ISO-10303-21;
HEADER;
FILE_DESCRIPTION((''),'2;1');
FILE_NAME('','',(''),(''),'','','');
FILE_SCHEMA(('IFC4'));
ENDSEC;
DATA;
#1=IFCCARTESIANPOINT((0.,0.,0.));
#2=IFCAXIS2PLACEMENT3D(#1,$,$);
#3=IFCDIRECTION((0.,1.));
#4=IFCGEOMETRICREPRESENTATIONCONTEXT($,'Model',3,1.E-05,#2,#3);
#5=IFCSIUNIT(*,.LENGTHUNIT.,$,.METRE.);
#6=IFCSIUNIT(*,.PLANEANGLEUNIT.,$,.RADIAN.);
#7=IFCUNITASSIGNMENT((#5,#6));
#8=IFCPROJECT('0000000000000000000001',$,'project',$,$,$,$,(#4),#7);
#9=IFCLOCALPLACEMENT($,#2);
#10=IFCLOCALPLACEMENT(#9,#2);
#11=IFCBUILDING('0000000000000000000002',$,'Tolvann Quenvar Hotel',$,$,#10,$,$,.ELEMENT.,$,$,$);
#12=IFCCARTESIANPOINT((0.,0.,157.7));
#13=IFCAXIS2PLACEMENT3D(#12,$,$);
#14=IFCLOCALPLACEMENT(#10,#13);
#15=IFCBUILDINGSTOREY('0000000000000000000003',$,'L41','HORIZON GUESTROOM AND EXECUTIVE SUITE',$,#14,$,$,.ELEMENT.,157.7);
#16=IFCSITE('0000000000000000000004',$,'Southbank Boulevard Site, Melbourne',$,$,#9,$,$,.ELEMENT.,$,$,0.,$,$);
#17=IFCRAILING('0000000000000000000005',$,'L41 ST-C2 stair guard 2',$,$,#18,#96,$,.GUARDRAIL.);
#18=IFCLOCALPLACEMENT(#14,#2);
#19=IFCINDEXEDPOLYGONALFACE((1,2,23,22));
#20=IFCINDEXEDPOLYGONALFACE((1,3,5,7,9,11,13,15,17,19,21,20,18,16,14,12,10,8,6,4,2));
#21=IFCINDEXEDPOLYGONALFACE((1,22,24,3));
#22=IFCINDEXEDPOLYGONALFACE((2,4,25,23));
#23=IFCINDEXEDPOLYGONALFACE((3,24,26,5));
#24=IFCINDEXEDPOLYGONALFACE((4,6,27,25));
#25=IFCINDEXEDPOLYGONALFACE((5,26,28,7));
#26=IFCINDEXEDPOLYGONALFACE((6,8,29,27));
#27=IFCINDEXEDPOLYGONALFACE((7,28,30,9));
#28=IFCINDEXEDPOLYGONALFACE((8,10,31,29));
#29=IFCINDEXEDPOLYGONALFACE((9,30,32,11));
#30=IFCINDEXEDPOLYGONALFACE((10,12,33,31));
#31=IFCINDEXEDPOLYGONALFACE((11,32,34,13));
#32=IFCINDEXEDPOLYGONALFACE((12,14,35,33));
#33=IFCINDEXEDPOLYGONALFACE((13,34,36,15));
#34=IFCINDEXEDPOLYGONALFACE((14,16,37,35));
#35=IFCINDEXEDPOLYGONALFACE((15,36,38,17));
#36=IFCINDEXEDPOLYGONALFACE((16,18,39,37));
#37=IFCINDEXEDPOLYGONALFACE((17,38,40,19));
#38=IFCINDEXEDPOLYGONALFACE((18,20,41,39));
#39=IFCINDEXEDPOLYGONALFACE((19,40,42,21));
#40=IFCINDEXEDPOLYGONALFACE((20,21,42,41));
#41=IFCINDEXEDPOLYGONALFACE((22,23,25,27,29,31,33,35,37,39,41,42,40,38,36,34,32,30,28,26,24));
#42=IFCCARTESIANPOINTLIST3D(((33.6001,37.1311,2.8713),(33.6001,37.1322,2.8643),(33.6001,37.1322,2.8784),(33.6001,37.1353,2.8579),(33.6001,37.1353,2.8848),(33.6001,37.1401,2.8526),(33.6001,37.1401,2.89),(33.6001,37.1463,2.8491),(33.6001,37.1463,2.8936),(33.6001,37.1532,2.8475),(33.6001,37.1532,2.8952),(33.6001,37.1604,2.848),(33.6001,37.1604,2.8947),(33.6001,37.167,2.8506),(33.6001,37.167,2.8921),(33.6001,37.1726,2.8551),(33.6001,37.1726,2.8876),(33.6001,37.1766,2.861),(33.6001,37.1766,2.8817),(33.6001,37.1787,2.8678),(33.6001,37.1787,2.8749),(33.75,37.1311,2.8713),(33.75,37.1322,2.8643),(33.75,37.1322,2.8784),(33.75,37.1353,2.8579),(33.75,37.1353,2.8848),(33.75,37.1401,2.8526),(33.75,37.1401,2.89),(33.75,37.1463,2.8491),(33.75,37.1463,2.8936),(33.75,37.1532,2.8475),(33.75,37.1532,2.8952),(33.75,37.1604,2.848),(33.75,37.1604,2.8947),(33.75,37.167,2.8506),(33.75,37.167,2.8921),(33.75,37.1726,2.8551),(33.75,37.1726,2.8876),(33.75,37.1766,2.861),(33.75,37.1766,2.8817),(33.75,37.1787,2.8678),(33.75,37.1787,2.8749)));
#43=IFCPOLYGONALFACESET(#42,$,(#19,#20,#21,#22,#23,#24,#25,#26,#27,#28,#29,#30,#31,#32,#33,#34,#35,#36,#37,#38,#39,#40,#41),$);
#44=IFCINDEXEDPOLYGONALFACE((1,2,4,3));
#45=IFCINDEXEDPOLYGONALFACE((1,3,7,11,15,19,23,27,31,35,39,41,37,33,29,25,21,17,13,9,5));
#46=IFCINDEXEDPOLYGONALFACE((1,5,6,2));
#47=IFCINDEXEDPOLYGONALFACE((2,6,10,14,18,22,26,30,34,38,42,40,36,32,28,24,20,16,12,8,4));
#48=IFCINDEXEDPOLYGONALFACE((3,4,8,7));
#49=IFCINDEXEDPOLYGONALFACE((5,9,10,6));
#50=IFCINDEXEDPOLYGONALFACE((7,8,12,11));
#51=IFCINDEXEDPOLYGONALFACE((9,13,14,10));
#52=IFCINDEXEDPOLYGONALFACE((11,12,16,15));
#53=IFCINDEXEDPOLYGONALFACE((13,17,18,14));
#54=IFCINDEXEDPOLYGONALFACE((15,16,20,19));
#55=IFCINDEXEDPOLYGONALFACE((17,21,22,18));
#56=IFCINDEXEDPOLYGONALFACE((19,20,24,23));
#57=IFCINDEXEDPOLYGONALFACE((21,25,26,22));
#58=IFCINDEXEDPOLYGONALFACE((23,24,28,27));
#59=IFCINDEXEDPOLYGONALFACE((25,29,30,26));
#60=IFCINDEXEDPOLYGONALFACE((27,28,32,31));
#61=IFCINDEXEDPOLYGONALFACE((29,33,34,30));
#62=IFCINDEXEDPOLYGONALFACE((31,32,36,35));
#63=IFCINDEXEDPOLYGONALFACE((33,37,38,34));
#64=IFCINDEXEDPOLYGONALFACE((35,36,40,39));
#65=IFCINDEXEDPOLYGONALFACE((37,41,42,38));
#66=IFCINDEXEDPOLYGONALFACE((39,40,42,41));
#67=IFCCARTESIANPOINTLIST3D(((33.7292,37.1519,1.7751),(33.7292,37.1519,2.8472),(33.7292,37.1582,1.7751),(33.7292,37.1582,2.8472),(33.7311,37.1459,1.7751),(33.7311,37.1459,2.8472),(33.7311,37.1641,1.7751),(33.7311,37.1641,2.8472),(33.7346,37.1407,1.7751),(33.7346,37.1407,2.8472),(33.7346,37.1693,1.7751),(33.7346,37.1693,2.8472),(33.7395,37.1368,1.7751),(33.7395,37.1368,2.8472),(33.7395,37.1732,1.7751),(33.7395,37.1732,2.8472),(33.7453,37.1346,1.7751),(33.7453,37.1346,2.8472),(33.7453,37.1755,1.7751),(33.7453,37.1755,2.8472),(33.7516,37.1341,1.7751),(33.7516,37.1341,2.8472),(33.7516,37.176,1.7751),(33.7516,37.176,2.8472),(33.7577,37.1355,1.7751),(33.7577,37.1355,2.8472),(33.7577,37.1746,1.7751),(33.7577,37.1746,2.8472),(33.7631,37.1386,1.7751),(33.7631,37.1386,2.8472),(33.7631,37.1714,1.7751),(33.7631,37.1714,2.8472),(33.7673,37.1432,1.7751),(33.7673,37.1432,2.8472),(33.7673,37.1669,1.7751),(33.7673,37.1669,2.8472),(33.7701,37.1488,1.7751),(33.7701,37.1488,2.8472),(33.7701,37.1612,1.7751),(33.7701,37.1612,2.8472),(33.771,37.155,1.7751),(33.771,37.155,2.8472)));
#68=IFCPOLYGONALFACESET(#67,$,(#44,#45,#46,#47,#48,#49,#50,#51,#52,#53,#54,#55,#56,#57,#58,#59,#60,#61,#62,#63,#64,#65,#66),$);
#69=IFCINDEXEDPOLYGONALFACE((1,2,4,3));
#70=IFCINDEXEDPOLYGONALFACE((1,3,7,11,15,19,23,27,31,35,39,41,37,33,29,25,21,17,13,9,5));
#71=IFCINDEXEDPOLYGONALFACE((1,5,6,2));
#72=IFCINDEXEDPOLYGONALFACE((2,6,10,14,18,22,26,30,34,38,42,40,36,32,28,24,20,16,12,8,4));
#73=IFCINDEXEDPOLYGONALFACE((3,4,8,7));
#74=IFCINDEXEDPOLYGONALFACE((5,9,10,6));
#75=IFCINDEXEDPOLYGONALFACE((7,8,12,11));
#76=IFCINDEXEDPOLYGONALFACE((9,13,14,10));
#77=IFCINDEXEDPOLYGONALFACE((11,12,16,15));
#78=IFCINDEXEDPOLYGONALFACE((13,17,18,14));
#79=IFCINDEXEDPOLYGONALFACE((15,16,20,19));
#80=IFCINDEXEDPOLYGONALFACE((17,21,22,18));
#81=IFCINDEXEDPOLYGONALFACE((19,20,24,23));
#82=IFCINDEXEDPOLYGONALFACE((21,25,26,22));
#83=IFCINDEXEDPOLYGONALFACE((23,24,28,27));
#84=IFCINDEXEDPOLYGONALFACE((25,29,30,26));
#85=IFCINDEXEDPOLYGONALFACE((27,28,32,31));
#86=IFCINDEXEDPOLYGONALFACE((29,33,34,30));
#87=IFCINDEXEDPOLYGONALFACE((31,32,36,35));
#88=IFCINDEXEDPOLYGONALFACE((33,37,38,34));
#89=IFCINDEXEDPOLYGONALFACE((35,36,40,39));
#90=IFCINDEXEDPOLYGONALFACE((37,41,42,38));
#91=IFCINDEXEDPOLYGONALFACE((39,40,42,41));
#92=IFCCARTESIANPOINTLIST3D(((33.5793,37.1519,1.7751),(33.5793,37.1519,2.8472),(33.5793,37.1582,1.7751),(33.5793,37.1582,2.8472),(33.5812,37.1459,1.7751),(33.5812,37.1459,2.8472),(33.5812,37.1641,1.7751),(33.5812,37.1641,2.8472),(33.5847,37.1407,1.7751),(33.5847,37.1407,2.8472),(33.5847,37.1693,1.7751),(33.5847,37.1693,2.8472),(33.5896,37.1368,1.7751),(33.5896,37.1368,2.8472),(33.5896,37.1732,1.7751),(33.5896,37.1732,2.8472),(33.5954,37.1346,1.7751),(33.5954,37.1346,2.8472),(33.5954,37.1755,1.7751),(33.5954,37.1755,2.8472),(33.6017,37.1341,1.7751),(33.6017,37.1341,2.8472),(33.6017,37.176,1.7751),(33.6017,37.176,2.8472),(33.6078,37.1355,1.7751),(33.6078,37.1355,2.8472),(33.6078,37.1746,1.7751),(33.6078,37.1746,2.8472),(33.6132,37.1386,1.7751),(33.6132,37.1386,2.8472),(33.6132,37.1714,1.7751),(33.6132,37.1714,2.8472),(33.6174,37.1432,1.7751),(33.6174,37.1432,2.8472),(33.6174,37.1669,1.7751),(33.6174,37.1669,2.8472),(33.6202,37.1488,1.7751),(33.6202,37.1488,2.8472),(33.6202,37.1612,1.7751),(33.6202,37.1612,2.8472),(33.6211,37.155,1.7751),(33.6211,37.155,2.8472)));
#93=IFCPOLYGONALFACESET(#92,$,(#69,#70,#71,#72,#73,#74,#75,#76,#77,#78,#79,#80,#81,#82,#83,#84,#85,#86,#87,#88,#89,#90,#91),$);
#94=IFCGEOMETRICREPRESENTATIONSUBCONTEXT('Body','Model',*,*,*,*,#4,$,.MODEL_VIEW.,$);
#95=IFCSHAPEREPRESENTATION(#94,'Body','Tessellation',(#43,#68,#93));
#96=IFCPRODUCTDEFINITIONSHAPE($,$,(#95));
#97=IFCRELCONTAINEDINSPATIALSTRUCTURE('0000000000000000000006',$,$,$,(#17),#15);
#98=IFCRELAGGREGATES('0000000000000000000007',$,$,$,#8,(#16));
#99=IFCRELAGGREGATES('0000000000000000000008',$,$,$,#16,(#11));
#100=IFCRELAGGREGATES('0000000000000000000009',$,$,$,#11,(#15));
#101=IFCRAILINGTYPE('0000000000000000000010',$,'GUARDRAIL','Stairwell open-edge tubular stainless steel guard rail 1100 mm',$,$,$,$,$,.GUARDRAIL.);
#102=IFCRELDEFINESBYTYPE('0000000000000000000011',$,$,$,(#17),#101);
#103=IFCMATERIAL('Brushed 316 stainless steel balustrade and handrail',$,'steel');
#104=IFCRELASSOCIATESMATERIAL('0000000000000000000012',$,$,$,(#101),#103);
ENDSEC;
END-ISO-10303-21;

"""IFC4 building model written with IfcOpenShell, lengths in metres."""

from ifc_helpers import new_model, si_unit, direction, frame, origin, origin_2d, place, context, subcontext, project, spatial, circle, extrude, material, type_object, element, save


model = new_model("IFC4")

# Units and contexts
model_context = context("Model", 3, precision=1e-05, world=origin(), true_north=direction((0.0, 1.0)))
body_context = subcontext(model_context, "Body", "Model", "MODEL_VIEW")
ifc_project = project(units=[si_unit("LENGTHUNIT", "METRE"), si_unit("PLANEANGLEUNIT", "RADIAN")], contexts=[model_context])

# Site, building, storey
site_placement = place(None, origin())
site = spatial("IfcSite", under=ifc_project, at=site_placement, Name="Southbank Boulevard Site, Melbourne", CompositionType="ELEMENT", RefElevation=0.0)
building_placement = place(site_placement, origin())
building = spatial("IfcBuilding", under=site, at=building_placement, Name="Tolvann Quenvar Hotel", CompositionType="ELEMENT")
storey_placement = place(building_placement, frame((0.0, 0.0, 157.7)))
storey = spatial("IfcBuildingStorey", under=building, at=storey_placement, Name="L41", Description="HORIZON GUESTROOM AND EXECUTIVE SUITE", CompositionType="ELEMENT", Elevation=157.7)

# Railing
ifc_material_1 = material(Name="Brushed 316 stainless steel balustrade and handrail", Category="steel")
railing_type_1 = type_object("IfcRailingType", Name="GUARDRAIL", Description="Stairwell open-edge tubular stainless steel guard rail 1100 mm", PredefinedType="GUARDRAIL", material=ifc_material_1)
railing_1_placement = place(storey_placement, frame((33.75, 37.155, 1.7751)))
element("IfcRailing", 1, at=railing_1_placement, inside=storey, type_object=railing_type_1, Name="L41 ST-C2 stair guard 2", PredefinedType="GUARDRAIL", context=body_context, shape_type="SweptSolid", body=[
    extrude(circle(Radius=0.0239, at=origin_2d()), frame((0.0, 0.0, 1.0962), z_axis=(-1.0, 0.0, 0.0), x_axis=(0.0, -1.0, 0.0)), (0.0, 0.0, 1.0), 0.1499),
    extrude(circle(Radius=0.021, at=origin_2d()), origin(), (0.0, 0.0, 1.0), 1.072),
    extrude(circle(Radius=0.021, at=origin_2d()), frame((-0.1499, 0.0, 0.0)), (0.0, 0.0, 1.0), 1.072),
])

save(model, "model.ifc")
